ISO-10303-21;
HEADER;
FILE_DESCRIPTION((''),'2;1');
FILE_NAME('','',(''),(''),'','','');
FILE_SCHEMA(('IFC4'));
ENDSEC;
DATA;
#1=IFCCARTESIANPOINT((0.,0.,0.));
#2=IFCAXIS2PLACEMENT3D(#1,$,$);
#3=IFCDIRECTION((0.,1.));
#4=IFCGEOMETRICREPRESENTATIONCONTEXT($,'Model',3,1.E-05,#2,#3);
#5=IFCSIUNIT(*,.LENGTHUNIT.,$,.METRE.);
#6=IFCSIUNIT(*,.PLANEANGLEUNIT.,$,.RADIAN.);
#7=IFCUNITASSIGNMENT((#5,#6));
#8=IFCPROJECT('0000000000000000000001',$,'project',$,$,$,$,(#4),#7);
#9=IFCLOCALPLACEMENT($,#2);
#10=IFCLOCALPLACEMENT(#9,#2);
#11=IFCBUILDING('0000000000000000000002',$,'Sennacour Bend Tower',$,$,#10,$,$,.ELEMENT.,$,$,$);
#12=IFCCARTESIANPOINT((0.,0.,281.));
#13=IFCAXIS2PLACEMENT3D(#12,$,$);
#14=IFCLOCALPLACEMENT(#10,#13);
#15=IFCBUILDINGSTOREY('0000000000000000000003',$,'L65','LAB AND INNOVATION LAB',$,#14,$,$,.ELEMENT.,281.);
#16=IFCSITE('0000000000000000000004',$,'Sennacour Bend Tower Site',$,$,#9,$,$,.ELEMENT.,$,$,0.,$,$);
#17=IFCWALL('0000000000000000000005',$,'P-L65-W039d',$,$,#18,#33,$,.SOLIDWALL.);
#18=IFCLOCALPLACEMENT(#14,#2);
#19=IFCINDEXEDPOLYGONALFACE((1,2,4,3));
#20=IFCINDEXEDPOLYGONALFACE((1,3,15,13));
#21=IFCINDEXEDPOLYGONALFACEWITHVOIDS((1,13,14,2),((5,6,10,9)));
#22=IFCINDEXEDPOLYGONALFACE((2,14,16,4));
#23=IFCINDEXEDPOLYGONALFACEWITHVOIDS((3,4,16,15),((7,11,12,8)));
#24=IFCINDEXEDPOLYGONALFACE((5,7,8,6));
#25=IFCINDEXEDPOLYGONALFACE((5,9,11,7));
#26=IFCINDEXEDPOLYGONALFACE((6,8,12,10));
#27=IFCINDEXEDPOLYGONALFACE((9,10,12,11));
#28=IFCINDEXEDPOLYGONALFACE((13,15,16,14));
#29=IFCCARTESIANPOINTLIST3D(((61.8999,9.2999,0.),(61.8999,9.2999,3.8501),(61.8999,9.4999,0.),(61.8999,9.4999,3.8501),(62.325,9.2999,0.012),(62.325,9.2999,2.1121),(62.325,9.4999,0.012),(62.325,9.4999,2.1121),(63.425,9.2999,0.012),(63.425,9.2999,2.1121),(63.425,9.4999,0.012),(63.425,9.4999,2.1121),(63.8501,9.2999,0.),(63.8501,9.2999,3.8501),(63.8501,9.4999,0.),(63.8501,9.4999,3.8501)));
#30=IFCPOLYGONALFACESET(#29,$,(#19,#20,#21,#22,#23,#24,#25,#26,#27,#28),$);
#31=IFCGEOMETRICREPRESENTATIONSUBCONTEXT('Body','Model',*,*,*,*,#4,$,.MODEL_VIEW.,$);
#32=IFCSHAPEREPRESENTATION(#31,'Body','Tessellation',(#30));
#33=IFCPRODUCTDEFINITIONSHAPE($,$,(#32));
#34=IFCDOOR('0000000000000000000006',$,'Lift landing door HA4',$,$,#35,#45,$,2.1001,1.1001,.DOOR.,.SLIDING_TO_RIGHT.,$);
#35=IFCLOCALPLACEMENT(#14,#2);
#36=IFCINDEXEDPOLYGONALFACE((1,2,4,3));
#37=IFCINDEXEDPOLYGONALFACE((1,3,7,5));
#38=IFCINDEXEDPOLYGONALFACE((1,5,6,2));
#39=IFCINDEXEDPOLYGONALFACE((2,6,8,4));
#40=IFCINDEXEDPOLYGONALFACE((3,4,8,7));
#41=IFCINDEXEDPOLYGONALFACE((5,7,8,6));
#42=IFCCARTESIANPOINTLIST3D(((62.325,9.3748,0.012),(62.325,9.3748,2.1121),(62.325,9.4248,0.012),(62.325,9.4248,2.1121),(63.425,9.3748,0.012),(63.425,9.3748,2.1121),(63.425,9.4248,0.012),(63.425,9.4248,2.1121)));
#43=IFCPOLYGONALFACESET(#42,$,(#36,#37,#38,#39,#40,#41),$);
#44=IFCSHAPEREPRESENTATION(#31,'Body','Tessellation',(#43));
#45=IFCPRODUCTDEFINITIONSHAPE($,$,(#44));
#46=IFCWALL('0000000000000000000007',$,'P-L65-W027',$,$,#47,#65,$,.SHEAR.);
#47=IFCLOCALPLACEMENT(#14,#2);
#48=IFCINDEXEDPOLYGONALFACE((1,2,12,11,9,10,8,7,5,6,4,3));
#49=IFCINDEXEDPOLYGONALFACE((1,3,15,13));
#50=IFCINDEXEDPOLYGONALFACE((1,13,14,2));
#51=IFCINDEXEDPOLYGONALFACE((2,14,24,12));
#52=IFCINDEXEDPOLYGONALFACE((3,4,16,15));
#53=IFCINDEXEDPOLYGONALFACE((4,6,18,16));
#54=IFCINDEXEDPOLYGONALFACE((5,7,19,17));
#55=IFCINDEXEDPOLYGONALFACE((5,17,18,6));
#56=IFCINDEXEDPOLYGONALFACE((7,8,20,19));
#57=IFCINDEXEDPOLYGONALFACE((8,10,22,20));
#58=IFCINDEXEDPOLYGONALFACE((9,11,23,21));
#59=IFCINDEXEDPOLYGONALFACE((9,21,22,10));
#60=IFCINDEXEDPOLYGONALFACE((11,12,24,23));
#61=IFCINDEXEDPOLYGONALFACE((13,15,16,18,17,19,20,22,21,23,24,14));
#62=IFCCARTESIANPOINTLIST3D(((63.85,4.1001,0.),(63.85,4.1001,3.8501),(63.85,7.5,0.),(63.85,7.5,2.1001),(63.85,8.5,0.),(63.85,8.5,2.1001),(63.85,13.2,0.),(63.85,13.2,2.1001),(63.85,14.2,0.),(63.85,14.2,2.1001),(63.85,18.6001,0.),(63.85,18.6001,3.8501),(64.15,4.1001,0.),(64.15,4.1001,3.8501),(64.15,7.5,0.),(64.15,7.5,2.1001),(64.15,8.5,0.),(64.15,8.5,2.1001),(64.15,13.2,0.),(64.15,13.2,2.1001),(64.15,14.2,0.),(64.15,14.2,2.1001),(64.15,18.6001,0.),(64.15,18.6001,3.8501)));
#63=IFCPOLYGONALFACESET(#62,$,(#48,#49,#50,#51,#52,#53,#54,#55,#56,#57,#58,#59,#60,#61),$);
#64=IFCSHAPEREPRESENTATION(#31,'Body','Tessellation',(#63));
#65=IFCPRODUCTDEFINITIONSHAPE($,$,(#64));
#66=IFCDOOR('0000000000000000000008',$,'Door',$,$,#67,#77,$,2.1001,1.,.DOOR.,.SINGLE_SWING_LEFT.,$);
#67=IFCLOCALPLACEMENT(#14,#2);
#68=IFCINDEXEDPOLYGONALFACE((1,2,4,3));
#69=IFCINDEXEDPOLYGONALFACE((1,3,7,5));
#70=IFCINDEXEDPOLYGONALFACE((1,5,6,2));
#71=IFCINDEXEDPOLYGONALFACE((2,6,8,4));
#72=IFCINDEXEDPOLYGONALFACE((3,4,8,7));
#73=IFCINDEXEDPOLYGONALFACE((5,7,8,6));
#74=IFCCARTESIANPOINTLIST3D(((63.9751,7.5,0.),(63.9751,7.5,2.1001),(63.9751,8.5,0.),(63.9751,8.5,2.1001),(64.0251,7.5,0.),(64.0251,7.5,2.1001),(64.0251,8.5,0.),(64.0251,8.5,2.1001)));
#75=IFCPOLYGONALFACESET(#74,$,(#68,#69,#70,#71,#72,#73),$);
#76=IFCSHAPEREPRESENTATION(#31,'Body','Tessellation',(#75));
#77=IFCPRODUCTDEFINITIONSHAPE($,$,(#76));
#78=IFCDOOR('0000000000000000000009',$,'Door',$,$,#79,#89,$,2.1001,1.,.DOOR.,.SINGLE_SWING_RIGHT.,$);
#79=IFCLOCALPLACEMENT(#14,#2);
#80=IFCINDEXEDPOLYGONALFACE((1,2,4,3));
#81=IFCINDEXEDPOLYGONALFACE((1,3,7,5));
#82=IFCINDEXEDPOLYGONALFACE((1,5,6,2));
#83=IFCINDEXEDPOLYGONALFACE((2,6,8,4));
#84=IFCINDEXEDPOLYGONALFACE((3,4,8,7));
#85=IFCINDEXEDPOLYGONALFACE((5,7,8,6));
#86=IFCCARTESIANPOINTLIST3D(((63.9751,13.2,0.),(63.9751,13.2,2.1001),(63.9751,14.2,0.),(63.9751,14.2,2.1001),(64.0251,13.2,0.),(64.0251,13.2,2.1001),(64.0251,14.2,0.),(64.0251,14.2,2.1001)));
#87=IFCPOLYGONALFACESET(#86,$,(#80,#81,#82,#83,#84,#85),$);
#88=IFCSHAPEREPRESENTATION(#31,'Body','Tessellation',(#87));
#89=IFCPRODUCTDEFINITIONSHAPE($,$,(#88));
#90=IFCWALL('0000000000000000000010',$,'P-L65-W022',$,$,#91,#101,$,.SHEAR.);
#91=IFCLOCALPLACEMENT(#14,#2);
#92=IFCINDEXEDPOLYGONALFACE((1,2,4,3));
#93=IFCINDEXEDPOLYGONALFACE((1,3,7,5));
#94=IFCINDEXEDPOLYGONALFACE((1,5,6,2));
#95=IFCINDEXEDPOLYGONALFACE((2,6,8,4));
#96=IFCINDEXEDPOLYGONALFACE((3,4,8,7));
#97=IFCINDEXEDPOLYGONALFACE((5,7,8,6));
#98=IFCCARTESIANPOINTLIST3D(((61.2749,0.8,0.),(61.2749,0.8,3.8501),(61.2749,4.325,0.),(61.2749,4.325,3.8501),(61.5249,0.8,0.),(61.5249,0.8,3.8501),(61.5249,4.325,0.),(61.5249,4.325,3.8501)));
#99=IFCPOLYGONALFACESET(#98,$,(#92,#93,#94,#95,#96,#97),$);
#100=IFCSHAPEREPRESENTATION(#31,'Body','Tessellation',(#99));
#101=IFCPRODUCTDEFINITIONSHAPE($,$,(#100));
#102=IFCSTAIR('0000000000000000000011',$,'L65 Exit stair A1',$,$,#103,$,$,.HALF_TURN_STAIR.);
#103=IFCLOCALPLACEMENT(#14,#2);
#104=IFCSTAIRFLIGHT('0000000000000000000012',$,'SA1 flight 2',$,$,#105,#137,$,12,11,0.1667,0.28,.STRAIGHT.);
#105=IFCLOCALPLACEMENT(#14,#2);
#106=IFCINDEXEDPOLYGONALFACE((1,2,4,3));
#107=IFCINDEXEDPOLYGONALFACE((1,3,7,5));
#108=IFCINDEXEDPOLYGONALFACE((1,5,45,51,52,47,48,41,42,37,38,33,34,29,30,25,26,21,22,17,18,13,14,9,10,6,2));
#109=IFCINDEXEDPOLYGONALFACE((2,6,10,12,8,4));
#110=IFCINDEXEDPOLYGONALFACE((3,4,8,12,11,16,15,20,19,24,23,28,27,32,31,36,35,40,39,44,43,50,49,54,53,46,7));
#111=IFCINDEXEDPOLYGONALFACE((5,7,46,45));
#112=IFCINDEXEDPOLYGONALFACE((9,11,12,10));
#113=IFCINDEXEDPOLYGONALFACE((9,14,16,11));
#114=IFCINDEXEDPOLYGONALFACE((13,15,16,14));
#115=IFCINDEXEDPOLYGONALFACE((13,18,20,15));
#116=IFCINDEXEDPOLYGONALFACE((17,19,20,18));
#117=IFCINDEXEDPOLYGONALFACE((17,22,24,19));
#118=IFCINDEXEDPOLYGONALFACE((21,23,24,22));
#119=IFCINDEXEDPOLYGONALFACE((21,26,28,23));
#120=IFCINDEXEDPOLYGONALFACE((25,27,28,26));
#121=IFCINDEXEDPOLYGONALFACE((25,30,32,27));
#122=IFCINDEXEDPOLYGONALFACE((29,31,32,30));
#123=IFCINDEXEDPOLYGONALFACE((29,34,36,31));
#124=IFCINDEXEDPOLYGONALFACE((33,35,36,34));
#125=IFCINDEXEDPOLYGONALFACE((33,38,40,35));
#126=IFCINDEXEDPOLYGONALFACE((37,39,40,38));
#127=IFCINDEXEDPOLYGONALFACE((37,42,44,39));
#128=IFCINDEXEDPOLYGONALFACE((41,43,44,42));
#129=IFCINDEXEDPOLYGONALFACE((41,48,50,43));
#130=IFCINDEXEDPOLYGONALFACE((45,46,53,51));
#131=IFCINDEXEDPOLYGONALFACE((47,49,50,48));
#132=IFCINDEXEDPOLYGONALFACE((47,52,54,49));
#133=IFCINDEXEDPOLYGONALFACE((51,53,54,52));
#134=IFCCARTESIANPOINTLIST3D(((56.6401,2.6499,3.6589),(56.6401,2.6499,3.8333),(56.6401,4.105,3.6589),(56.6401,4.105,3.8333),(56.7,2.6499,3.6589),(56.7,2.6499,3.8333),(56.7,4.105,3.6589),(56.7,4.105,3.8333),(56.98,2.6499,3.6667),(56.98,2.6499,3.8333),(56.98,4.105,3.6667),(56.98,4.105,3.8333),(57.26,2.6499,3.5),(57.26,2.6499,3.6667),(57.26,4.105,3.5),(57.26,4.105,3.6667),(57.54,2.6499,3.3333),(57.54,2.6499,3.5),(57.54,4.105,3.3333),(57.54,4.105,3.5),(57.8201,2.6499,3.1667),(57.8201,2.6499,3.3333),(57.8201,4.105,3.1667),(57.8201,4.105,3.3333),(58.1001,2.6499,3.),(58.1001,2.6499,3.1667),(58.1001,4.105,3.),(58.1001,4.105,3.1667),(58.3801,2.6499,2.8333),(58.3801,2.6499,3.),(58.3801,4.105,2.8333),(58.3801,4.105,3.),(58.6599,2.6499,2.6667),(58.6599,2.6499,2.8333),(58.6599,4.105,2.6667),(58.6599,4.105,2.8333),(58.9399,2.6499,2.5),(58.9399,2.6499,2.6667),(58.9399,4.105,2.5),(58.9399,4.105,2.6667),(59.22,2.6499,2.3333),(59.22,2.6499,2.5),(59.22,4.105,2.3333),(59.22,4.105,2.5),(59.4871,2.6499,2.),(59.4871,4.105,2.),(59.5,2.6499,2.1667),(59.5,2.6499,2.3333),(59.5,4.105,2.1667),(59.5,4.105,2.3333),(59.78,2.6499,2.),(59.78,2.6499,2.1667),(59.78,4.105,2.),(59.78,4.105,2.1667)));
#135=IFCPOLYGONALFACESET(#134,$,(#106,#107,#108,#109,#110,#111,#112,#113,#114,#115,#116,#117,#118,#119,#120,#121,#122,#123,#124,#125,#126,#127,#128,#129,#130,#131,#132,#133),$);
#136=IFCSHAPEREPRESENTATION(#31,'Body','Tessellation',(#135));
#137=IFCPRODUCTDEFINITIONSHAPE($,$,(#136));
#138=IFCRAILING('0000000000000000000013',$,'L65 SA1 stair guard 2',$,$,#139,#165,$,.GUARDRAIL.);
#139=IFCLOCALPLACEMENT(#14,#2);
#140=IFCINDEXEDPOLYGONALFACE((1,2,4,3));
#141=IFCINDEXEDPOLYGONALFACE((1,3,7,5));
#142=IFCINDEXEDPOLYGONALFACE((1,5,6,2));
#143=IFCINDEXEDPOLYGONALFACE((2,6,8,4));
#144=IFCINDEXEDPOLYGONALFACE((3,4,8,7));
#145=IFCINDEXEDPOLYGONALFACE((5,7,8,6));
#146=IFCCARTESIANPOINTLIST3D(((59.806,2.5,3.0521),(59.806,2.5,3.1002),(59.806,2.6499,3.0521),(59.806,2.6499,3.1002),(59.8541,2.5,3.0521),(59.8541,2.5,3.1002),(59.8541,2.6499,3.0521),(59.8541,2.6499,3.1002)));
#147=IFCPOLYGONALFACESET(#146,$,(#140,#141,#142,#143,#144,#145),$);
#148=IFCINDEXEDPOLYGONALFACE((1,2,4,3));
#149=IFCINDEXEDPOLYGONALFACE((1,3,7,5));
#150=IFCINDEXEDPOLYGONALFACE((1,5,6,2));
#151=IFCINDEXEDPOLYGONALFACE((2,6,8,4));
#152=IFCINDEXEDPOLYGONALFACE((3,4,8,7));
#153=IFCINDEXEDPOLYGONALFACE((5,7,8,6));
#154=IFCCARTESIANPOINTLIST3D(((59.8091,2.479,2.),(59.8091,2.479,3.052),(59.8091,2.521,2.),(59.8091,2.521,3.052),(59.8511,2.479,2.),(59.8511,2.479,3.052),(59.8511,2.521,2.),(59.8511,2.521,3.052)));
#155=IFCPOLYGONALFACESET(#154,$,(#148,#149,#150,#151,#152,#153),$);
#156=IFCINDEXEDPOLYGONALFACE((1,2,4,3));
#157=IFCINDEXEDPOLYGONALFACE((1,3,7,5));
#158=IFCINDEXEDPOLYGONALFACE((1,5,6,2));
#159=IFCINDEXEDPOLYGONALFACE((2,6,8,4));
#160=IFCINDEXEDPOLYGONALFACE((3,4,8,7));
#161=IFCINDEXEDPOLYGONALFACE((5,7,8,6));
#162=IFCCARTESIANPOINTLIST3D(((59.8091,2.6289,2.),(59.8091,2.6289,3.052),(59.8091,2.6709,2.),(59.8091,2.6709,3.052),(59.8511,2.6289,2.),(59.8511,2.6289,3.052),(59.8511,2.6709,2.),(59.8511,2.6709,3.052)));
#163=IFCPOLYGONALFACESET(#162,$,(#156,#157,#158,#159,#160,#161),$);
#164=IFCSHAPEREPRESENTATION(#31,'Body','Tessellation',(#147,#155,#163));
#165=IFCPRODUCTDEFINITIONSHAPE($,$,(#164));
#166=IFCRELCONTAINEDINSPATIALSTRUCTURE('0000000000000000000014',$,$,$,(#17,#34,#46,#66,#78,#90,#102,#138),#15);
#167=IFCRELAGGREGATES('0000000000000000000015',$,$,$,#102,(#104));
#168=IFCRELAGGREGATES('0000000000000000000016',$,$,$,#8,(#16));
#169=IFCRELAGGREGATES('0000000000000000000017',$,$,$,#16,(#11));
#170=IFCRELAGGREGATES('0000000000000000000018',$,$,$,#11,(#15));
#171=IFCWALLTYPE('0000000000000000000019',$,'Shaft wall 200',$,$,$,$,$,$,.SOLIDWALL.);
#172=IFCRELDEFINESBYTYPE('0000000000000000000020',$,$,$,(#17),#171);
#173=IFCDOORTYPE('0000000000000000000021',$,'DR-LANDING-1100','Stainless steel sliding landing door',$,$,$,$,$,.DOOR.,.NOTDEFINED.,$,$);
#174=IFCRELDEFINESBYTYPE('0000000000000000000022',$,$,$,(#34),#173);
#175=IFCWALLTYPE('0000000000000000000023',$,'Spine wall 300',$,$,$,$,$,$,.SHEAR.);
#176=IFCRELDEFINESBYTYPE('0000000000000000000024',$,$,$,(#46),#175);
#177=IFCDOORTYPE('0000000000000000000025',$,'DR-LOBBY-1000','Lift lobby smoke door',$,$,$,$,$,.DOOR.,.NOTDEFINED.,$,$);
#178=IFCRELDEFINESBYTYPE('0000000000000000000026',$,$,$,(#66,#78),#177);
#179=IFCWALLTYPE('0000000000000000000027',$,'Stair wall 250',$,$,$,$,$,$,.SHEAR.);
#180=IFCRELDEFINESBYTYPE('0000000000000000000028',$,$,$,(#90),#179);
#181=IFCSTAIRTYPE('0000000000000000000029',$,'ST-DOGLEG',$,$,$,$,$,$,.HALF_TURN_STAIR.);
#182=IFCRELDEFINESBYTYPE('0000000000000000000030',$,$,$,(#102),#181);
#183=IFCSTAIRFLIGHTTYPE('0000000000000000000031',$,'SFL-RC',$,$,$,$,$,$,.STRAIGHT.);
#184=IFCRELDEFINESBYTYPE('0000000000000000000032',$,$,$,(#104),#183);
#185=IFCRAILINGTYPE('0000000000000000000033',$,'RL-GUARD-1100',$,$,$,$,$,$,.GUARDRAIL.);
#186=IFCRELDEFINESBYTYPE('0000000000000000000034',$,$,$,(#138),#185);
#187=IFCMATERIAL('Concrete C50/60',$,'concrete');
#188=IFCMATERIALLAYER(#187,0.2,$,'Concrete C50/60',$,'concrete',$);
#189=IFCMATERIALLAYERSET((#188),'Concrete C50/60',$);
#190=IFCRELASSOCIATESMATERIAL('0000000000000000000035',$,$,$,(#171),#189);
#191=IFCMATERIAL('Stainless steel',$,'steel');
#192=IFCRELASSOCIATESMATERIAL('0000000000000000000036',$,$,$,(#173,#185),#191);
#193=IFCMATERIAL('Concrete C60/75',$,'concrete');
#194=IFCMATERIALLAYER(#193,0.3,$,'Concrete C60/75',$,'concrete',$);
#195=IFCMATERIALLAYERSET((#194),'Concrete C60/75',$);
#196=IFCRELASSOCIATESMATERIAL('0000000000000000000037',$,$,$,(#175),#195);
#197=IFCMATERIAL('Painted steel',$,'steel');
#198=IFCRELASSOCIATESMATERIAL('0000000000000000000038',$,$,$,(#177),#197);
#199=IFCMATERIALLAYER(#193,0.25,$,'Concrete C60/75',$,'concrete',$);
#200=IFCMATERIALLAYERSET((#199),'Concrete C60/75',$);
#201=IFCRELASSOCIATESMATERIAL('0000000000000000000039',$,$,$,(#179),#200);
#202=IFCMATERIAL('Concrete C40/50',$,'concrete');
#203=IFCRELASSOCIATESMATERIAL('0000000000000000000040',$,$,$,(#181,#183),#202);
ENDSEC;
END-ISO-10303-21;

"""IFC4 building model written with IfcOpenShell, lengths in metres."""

from ifc_helpers import new_model, si_unit, direction, frame, frame_2d, origin, origin_2d, place, context, subcontext, project, spatial, polyline, rectangle, outline, extrude, material, layer, layer_set, type_object, element, fill, aggregate, save


model = new_model("IFC4")

# Units and contexts
model_context = context("Model", 3, precision=1e-05, world=origin(), true_north=direction((0.0, 1.0)))
body_context = subcontext(model_context, "Body", "Model", "MODEL_VIEW")
ifc_project = project(units=[si_unit("LENGTHUNIT", "METRE"), si_unit("PLANEANGLEUNIT", "RADIAN")], contexts=[model_context])

# Site, building, storey
site_placement = place(None, origin())
site = spatial("IfcSite", under=ifc_project, at=site_placement, Name="Sennacour Bend Tower Site", CompositionType="ELEMENT", RefElevation=0.0)
building_placement = place(site_placement, origin())
building = spatial("IfcBuilding", under=site, at=building_placement, Name="Sennacour Bend Tower", CompositionType="ELEMENT")
storey_placement = place(building_placement, frame((0.0, 0.0, 281.0)))
storey = spatial("IfcBuildingStorey", under=building, at=storey_placement, Name="L65", Description="LAB AND INNOVATION LAB", CompositionType="ELEMENT", Elevation=281.0)

# Shared definitions
ifc_material_1 = material(Name="Concrete C50/60", Category="concrete")

# Shared definitions
ifc_material_2 = material(Name="Painted steel", Category="steel")

# Shared definitions
ifc_layer_1 = layer(ifc_material_1, 0.2, Name="Concrete C50/60", Category="concrete")
ifc_layer_set_1 = layer_set([ifc_layer_1], Name="Concrete C50/60")
wall_type_1 = type_object("IfcWallType", Name="Shaft wall 200", PredefinedType="SOLIDWALL", material=ifc_layer_set_1)

# Wall, opening, door
wall_1_placement = place(storey_placement, frame((61.8999, 9.3999, 0.0), z_axis=(0.0, 0.0, 1.0), x_axis=(1.0, 0.0, 0.0)))
wall_1 = element("IfcWall", 1, at=wall_1_placement, inside=storey, type_object=wall_type_1, Name="P-L65-W039d", PredefinedType="SOLIDWALL", context=body_context, shape_type="SweptSolid", body=[
    extrude(rectangle(XDim=1.9502, YDim=0.2, at=frame_2d((0.9751, 0.0))), origin(), (0.0, 0.0, 1.0), 3.8501),
])
opening_1_placement = place(wall_1_placement, frame((0.425, 0.0, 0.012)))
opening_1 = element("IfcOpeningElement", 2, at=opening_1_placement, cuts=wall_1, PredefinedType="OPENING", context=body_context, shape_type="SweptSolid", body=[
    extrude(rectangle(XDim=1.1001, YDim=2.1001, at=frame_2d((0.55, 1.05))), frame((0.0, 0.1099, 0.0), z_axis=(0.0, -1.0, 0.0), x_axis=(1.0, 0.0, 0.0)), (0.0, 0.0, 1.0), 0.22),
])
ifc_material_3 = material(Name="Stainless steel", Category="steel")
door_type_1 = type_object("IfcDoorType", Name="DR-LANDING-1100", Description="Stainless steel sliding landing door", OperationType="NOTDEFINED", PredefinedType="DOOR", material=ifc_material_3)
door_1_placement = place(opening_1_placement, origin())
door_1 = element("IfcDoor", 3, at=door_1_placement, inside=storey, type_object=door_type_1, Name="Lift landing door HA4", OperationType="SLIDING_TO_RIGHT", OverallHeight=2.1001, OverallWidth=1.1001, PredefinedType="DOOR", context=body_context, shape_type="SweptSolid", body=[
    extrude(rectangle(XDim=1.1001, YDim=2.1001, at=frame_2d((0.55, 1.05))), frame((0.0, 0.0249, 0.0), z_axis=(0.0, -1.0, 0.0), x_axis=(1.0, 0.0, 0.0)), (0.0, 0.0, 1.0), 0.05),
])
fill(opening_1, door_1)

# Wall, openings, doors
ifc_material_4 = material(Name="Concrete C60/75", Category="concrete")
ifc_layer_2 = layer(ifc_material_4, 0.3, Name="Concrete C60/75", Category="concrete")
ifc_layer_set_2 = layer_set([ifc_layer_2], Name="Concrete C60/75")
wall_type_2 = type_object("IfcWallType", Name="Spine wall 300", PredefinedType="SHEAR", material=ifc_layer_set_2)
wall_2_placement = place(storey_placement, frame((64.0, 4.1001, 0.0), z_axis=(0.0, 0.0, 1.0), x_axis=(0.0, 1.0, 0.0)))
wall_2 = element("IfcWall", 4, at=wall_2_placement, inside=storey, type_object=wall_type_2, Name="P-L65-W027", PredefinedType="SHEAR", context=body_context, shape_type="SweptSolid", body=[
    extrude(rectangle(XDim=14.5, YDim=0.3, at=frame_2d((7.25, 0.0))), origin(), (0.0, 0.0, 1.0), 3.8501),
])
opening_2_placement = place(wall_2_placement, frame((3.3999, 0.0, 0.0)))
opening_2 = element("IfcOpeningElement", 5, at=opening_2_placement, cuts=wall_2, PredefinedType="OPENING", context=body_context, shape_type="SweptSolid", body=[
    extrude(rectangle(XDim=1.0, YDim=2.1001, at=frame_2d((0.5, 1.05))), frame((0.0, 0.1602, 0.0), z_axis=(0.0, -1.0, 0.0), x_axis=(1.0, 0.0, 0.0)), (0.0, 0.0, 1.0), 0.3201),
])
opening_3_placement = place(wall_2_placement, frame((9.0999, 0.0, 0.0)))
opening_3 = element("IfcOpeningElement", 6, at=opening_3_placement, cuts=wall_2, PredefinedType="OPENING", context=body_context, shape_type="SweptSolid", body=[
    extrude(rectangle(XDim=1.0, YDim=2.1001, at=frame_2d((0.5, 1.05))), frame((0.0, 0.1602, 0.0), z_axis=(0.0, -1.0, 0.0), x_axis=(1.0, 0.0, 0.0)), (0.0, 0.0, 1.0), 0.3201),
])
door_type_2 = type_object("IfcDoorType", Name="DR-LOBBY-1000", Description="Lift lobby smoke door", OperationType="NOTDEFINED", PredefinedType="DOOR", material=ifc_material_2)
door_2_placement = place(opening_2_placement, origin())
door_2 = element("IfcDoor", 7, at=door_2_placement, inside=storey, type_object=door_type_2, Name="Door", OperationType="SINGLE_SWING_LEFT", OverallHeight=2.1001, OverallWidth=1.0, PredefinedType="DOOR", context=body_context, shape_type="SweptSolid", body=[
    extrude(rectangle(XDim=1.0, YDim=2.1001, at=frame_2d((0.5, 1.05))), frame((0.0, 0.0249, 0.0), z_axis=(0.0, -1.0, 0.0), x_axis=(1.0, 0.0, 0.0)), (0.0, 0.0, 1.0), 0.05),
])
fill(opening_2, door_2)
door_3_placement = place(opening_3_placement, origin())
door_3 = element("IfcDoor", 8, at=door_3_placement, inside=storey, type_object=door_type_2, Name="Door", OperationType="SINGLE_SWING_RIGHT", OverallHeight=2.1001, OverallWidth=1.0, PredefinedType="DOOR", context=body_context, shape_type="SweptSolid", body=[
    extrude(rectangle(XDim=1.0, YDim=2.1001, at=frame_2d((0.5, 1.05))), frame((0.0, 0.0249, 0.0), z_axis=(0.0, -1.0, 0.0), x_axis=(1.0, 0.0, 0.0)), (0.0, 0.0, 1.0), 0.05),
])
fill(opening_3, door_3)

# Wall
ifc_layer_3 = layer(ifc_material_4, 0.25, Name="Concrete C60/75", Category="concrete")
ifc_layer_set_3 = layer_set([ifc_layer_3], Name="Concrete C60/75")
wall_type_3 = type_object("IfcWallType", Name="Stair wall 250", PredefinedType="SHEAR", material=ifc_layer_set_3)
wall_3_placement = place(storey_placement, frame((61.3999, 0.8, 0.0), z_axis=(0.0, 0.0, 1.0), x_axis=(0.0, 1.0, 0.0)))
element("IfcWall", 9, at=wall_3_placement, inside=storey, type_object=wall_type_3, Name="P-L65-W022", PredefinedType="SHEAR", context=body_context, shape_type="SweptSolid", body=[
    extrude(rectangle(XDim=3.5249, YDim=0.25, at=frame_2d((1.7625, 0.0))), origin(), (0.0, 0.0, 1.0), 3.8501),
])

# Stair, stair flight
ifc_material_5 = material(Name="Concrete C40/50", Category="concrete")
stair_type = type_object("IfcStairType", Name="ST-DOGLEG", PredefinedType="HALF_TURN_STAIR", material=ifc_material_5)
stair_placement = place(storey_placement, origin())
stair = element("IfcStair", 10, at=stair_placement, inside=storey, type_object=stair_type, Name="L65 Exit stair A1", PredefinedType="HALF_TURN_STAIR")
stair_flight_type = type_object("IfcStairFlightType", Name="SFL-RC", PredefinedType="STRAIGHT", material=ifc_material_5)
stair_flight_placement = place(storey_placement, frame((59.78, 3.3774, 2.0), z_axis=(0.0, 0.0, 1.0), x_axis=(-1.0, 0.0, 0.0)))
stair_flight = element("IfcStairFlight", 11, at=stair_flight_placement, type_object=stair_flight_type, Name="SA1 flight 2", NumberOfRisers=12, NumberOfTreads=11, PredefinedType="STRAIGHT", RiserHeight=0.1667, TreadLength=0.28, context=body_context, shape_type="SweptSolid", body=[
    extrude(outline(polyline([(0.0, 0.0), (0.0, 0.1667), (0.28, 0.1667), (0.28, 0.3333), (0.5601, 0.3333), (0.5601, 0.5), (0.8401, 0.5), (0.8401, 0.6667), (1.1201, 0.6667), (1.1201, 0.8333), (1.3999, 0.8333), (1.3999, 1.0), (1.6799, 1.0), (1.6799, 1.1667), (1.96, 1.1667), (1.96, 1.3333), (2.24, 1.3333), (2.24, 1.5), (2.52, 1.5), (2.52, 1.6667), (2.8, 1.6667), (2.8, 1.8333), (3.0801, 1.8333), (3.1399, 1.8333), (3.1399, 1.6589), (3.0801, 1.6589), (0.293, 0.0), (0.0, 0.0)])), frame((0.0, 0.7275, 0.0), z_axis=(0.0, -1.0, 0.0), x_axis=(1.0, 0.0, 0.0)), (0.0, 0.0, 1.0), 1.4551),
])
aggregate(stair, [stair_flight])

# Railing
railing_type_1 = type_object("IfcRailingType", Name="RL-GUARD-1100", PredefinedType="GUARDRAIL", material=ifc_material_3)
railing_1_placement = place(storey_placement, frame((59.8301, 2.5, 2.0)))
element("IfcRailing", 12, at=railing_1_placement, inside=storey, type_object=railing_type_1, Name="L65 SA1 stair guard 2", PredefinedType="GUARDRAIL", context=body_context, shape_type="SweptSolid", body=[
    extrude(rectangle(XDim=0.0481, YDim=0.0481, at=origin_2d()), frame((0.0, 0.0, 1.0762), z_axis=(0.0, 1.0, 0.0), x_axis=(-1.0, 0.0, 0.0)), (0.0, 0.0, 1.0), 0.1499),
    extrude(rectangle(XDim=0.042, YDim=0.042, at=origin_2d()), origin(), (0.0, 0.0, 1.0), 1.052),
    extrude(rectangle(XDim=0.042, YDim=0.042, at=origin_2d()), frame((0.0, 0.1499, 0.0)), (0.0, 0.0, 1.0), 1.052),
])

save(model, "model.ifc")
